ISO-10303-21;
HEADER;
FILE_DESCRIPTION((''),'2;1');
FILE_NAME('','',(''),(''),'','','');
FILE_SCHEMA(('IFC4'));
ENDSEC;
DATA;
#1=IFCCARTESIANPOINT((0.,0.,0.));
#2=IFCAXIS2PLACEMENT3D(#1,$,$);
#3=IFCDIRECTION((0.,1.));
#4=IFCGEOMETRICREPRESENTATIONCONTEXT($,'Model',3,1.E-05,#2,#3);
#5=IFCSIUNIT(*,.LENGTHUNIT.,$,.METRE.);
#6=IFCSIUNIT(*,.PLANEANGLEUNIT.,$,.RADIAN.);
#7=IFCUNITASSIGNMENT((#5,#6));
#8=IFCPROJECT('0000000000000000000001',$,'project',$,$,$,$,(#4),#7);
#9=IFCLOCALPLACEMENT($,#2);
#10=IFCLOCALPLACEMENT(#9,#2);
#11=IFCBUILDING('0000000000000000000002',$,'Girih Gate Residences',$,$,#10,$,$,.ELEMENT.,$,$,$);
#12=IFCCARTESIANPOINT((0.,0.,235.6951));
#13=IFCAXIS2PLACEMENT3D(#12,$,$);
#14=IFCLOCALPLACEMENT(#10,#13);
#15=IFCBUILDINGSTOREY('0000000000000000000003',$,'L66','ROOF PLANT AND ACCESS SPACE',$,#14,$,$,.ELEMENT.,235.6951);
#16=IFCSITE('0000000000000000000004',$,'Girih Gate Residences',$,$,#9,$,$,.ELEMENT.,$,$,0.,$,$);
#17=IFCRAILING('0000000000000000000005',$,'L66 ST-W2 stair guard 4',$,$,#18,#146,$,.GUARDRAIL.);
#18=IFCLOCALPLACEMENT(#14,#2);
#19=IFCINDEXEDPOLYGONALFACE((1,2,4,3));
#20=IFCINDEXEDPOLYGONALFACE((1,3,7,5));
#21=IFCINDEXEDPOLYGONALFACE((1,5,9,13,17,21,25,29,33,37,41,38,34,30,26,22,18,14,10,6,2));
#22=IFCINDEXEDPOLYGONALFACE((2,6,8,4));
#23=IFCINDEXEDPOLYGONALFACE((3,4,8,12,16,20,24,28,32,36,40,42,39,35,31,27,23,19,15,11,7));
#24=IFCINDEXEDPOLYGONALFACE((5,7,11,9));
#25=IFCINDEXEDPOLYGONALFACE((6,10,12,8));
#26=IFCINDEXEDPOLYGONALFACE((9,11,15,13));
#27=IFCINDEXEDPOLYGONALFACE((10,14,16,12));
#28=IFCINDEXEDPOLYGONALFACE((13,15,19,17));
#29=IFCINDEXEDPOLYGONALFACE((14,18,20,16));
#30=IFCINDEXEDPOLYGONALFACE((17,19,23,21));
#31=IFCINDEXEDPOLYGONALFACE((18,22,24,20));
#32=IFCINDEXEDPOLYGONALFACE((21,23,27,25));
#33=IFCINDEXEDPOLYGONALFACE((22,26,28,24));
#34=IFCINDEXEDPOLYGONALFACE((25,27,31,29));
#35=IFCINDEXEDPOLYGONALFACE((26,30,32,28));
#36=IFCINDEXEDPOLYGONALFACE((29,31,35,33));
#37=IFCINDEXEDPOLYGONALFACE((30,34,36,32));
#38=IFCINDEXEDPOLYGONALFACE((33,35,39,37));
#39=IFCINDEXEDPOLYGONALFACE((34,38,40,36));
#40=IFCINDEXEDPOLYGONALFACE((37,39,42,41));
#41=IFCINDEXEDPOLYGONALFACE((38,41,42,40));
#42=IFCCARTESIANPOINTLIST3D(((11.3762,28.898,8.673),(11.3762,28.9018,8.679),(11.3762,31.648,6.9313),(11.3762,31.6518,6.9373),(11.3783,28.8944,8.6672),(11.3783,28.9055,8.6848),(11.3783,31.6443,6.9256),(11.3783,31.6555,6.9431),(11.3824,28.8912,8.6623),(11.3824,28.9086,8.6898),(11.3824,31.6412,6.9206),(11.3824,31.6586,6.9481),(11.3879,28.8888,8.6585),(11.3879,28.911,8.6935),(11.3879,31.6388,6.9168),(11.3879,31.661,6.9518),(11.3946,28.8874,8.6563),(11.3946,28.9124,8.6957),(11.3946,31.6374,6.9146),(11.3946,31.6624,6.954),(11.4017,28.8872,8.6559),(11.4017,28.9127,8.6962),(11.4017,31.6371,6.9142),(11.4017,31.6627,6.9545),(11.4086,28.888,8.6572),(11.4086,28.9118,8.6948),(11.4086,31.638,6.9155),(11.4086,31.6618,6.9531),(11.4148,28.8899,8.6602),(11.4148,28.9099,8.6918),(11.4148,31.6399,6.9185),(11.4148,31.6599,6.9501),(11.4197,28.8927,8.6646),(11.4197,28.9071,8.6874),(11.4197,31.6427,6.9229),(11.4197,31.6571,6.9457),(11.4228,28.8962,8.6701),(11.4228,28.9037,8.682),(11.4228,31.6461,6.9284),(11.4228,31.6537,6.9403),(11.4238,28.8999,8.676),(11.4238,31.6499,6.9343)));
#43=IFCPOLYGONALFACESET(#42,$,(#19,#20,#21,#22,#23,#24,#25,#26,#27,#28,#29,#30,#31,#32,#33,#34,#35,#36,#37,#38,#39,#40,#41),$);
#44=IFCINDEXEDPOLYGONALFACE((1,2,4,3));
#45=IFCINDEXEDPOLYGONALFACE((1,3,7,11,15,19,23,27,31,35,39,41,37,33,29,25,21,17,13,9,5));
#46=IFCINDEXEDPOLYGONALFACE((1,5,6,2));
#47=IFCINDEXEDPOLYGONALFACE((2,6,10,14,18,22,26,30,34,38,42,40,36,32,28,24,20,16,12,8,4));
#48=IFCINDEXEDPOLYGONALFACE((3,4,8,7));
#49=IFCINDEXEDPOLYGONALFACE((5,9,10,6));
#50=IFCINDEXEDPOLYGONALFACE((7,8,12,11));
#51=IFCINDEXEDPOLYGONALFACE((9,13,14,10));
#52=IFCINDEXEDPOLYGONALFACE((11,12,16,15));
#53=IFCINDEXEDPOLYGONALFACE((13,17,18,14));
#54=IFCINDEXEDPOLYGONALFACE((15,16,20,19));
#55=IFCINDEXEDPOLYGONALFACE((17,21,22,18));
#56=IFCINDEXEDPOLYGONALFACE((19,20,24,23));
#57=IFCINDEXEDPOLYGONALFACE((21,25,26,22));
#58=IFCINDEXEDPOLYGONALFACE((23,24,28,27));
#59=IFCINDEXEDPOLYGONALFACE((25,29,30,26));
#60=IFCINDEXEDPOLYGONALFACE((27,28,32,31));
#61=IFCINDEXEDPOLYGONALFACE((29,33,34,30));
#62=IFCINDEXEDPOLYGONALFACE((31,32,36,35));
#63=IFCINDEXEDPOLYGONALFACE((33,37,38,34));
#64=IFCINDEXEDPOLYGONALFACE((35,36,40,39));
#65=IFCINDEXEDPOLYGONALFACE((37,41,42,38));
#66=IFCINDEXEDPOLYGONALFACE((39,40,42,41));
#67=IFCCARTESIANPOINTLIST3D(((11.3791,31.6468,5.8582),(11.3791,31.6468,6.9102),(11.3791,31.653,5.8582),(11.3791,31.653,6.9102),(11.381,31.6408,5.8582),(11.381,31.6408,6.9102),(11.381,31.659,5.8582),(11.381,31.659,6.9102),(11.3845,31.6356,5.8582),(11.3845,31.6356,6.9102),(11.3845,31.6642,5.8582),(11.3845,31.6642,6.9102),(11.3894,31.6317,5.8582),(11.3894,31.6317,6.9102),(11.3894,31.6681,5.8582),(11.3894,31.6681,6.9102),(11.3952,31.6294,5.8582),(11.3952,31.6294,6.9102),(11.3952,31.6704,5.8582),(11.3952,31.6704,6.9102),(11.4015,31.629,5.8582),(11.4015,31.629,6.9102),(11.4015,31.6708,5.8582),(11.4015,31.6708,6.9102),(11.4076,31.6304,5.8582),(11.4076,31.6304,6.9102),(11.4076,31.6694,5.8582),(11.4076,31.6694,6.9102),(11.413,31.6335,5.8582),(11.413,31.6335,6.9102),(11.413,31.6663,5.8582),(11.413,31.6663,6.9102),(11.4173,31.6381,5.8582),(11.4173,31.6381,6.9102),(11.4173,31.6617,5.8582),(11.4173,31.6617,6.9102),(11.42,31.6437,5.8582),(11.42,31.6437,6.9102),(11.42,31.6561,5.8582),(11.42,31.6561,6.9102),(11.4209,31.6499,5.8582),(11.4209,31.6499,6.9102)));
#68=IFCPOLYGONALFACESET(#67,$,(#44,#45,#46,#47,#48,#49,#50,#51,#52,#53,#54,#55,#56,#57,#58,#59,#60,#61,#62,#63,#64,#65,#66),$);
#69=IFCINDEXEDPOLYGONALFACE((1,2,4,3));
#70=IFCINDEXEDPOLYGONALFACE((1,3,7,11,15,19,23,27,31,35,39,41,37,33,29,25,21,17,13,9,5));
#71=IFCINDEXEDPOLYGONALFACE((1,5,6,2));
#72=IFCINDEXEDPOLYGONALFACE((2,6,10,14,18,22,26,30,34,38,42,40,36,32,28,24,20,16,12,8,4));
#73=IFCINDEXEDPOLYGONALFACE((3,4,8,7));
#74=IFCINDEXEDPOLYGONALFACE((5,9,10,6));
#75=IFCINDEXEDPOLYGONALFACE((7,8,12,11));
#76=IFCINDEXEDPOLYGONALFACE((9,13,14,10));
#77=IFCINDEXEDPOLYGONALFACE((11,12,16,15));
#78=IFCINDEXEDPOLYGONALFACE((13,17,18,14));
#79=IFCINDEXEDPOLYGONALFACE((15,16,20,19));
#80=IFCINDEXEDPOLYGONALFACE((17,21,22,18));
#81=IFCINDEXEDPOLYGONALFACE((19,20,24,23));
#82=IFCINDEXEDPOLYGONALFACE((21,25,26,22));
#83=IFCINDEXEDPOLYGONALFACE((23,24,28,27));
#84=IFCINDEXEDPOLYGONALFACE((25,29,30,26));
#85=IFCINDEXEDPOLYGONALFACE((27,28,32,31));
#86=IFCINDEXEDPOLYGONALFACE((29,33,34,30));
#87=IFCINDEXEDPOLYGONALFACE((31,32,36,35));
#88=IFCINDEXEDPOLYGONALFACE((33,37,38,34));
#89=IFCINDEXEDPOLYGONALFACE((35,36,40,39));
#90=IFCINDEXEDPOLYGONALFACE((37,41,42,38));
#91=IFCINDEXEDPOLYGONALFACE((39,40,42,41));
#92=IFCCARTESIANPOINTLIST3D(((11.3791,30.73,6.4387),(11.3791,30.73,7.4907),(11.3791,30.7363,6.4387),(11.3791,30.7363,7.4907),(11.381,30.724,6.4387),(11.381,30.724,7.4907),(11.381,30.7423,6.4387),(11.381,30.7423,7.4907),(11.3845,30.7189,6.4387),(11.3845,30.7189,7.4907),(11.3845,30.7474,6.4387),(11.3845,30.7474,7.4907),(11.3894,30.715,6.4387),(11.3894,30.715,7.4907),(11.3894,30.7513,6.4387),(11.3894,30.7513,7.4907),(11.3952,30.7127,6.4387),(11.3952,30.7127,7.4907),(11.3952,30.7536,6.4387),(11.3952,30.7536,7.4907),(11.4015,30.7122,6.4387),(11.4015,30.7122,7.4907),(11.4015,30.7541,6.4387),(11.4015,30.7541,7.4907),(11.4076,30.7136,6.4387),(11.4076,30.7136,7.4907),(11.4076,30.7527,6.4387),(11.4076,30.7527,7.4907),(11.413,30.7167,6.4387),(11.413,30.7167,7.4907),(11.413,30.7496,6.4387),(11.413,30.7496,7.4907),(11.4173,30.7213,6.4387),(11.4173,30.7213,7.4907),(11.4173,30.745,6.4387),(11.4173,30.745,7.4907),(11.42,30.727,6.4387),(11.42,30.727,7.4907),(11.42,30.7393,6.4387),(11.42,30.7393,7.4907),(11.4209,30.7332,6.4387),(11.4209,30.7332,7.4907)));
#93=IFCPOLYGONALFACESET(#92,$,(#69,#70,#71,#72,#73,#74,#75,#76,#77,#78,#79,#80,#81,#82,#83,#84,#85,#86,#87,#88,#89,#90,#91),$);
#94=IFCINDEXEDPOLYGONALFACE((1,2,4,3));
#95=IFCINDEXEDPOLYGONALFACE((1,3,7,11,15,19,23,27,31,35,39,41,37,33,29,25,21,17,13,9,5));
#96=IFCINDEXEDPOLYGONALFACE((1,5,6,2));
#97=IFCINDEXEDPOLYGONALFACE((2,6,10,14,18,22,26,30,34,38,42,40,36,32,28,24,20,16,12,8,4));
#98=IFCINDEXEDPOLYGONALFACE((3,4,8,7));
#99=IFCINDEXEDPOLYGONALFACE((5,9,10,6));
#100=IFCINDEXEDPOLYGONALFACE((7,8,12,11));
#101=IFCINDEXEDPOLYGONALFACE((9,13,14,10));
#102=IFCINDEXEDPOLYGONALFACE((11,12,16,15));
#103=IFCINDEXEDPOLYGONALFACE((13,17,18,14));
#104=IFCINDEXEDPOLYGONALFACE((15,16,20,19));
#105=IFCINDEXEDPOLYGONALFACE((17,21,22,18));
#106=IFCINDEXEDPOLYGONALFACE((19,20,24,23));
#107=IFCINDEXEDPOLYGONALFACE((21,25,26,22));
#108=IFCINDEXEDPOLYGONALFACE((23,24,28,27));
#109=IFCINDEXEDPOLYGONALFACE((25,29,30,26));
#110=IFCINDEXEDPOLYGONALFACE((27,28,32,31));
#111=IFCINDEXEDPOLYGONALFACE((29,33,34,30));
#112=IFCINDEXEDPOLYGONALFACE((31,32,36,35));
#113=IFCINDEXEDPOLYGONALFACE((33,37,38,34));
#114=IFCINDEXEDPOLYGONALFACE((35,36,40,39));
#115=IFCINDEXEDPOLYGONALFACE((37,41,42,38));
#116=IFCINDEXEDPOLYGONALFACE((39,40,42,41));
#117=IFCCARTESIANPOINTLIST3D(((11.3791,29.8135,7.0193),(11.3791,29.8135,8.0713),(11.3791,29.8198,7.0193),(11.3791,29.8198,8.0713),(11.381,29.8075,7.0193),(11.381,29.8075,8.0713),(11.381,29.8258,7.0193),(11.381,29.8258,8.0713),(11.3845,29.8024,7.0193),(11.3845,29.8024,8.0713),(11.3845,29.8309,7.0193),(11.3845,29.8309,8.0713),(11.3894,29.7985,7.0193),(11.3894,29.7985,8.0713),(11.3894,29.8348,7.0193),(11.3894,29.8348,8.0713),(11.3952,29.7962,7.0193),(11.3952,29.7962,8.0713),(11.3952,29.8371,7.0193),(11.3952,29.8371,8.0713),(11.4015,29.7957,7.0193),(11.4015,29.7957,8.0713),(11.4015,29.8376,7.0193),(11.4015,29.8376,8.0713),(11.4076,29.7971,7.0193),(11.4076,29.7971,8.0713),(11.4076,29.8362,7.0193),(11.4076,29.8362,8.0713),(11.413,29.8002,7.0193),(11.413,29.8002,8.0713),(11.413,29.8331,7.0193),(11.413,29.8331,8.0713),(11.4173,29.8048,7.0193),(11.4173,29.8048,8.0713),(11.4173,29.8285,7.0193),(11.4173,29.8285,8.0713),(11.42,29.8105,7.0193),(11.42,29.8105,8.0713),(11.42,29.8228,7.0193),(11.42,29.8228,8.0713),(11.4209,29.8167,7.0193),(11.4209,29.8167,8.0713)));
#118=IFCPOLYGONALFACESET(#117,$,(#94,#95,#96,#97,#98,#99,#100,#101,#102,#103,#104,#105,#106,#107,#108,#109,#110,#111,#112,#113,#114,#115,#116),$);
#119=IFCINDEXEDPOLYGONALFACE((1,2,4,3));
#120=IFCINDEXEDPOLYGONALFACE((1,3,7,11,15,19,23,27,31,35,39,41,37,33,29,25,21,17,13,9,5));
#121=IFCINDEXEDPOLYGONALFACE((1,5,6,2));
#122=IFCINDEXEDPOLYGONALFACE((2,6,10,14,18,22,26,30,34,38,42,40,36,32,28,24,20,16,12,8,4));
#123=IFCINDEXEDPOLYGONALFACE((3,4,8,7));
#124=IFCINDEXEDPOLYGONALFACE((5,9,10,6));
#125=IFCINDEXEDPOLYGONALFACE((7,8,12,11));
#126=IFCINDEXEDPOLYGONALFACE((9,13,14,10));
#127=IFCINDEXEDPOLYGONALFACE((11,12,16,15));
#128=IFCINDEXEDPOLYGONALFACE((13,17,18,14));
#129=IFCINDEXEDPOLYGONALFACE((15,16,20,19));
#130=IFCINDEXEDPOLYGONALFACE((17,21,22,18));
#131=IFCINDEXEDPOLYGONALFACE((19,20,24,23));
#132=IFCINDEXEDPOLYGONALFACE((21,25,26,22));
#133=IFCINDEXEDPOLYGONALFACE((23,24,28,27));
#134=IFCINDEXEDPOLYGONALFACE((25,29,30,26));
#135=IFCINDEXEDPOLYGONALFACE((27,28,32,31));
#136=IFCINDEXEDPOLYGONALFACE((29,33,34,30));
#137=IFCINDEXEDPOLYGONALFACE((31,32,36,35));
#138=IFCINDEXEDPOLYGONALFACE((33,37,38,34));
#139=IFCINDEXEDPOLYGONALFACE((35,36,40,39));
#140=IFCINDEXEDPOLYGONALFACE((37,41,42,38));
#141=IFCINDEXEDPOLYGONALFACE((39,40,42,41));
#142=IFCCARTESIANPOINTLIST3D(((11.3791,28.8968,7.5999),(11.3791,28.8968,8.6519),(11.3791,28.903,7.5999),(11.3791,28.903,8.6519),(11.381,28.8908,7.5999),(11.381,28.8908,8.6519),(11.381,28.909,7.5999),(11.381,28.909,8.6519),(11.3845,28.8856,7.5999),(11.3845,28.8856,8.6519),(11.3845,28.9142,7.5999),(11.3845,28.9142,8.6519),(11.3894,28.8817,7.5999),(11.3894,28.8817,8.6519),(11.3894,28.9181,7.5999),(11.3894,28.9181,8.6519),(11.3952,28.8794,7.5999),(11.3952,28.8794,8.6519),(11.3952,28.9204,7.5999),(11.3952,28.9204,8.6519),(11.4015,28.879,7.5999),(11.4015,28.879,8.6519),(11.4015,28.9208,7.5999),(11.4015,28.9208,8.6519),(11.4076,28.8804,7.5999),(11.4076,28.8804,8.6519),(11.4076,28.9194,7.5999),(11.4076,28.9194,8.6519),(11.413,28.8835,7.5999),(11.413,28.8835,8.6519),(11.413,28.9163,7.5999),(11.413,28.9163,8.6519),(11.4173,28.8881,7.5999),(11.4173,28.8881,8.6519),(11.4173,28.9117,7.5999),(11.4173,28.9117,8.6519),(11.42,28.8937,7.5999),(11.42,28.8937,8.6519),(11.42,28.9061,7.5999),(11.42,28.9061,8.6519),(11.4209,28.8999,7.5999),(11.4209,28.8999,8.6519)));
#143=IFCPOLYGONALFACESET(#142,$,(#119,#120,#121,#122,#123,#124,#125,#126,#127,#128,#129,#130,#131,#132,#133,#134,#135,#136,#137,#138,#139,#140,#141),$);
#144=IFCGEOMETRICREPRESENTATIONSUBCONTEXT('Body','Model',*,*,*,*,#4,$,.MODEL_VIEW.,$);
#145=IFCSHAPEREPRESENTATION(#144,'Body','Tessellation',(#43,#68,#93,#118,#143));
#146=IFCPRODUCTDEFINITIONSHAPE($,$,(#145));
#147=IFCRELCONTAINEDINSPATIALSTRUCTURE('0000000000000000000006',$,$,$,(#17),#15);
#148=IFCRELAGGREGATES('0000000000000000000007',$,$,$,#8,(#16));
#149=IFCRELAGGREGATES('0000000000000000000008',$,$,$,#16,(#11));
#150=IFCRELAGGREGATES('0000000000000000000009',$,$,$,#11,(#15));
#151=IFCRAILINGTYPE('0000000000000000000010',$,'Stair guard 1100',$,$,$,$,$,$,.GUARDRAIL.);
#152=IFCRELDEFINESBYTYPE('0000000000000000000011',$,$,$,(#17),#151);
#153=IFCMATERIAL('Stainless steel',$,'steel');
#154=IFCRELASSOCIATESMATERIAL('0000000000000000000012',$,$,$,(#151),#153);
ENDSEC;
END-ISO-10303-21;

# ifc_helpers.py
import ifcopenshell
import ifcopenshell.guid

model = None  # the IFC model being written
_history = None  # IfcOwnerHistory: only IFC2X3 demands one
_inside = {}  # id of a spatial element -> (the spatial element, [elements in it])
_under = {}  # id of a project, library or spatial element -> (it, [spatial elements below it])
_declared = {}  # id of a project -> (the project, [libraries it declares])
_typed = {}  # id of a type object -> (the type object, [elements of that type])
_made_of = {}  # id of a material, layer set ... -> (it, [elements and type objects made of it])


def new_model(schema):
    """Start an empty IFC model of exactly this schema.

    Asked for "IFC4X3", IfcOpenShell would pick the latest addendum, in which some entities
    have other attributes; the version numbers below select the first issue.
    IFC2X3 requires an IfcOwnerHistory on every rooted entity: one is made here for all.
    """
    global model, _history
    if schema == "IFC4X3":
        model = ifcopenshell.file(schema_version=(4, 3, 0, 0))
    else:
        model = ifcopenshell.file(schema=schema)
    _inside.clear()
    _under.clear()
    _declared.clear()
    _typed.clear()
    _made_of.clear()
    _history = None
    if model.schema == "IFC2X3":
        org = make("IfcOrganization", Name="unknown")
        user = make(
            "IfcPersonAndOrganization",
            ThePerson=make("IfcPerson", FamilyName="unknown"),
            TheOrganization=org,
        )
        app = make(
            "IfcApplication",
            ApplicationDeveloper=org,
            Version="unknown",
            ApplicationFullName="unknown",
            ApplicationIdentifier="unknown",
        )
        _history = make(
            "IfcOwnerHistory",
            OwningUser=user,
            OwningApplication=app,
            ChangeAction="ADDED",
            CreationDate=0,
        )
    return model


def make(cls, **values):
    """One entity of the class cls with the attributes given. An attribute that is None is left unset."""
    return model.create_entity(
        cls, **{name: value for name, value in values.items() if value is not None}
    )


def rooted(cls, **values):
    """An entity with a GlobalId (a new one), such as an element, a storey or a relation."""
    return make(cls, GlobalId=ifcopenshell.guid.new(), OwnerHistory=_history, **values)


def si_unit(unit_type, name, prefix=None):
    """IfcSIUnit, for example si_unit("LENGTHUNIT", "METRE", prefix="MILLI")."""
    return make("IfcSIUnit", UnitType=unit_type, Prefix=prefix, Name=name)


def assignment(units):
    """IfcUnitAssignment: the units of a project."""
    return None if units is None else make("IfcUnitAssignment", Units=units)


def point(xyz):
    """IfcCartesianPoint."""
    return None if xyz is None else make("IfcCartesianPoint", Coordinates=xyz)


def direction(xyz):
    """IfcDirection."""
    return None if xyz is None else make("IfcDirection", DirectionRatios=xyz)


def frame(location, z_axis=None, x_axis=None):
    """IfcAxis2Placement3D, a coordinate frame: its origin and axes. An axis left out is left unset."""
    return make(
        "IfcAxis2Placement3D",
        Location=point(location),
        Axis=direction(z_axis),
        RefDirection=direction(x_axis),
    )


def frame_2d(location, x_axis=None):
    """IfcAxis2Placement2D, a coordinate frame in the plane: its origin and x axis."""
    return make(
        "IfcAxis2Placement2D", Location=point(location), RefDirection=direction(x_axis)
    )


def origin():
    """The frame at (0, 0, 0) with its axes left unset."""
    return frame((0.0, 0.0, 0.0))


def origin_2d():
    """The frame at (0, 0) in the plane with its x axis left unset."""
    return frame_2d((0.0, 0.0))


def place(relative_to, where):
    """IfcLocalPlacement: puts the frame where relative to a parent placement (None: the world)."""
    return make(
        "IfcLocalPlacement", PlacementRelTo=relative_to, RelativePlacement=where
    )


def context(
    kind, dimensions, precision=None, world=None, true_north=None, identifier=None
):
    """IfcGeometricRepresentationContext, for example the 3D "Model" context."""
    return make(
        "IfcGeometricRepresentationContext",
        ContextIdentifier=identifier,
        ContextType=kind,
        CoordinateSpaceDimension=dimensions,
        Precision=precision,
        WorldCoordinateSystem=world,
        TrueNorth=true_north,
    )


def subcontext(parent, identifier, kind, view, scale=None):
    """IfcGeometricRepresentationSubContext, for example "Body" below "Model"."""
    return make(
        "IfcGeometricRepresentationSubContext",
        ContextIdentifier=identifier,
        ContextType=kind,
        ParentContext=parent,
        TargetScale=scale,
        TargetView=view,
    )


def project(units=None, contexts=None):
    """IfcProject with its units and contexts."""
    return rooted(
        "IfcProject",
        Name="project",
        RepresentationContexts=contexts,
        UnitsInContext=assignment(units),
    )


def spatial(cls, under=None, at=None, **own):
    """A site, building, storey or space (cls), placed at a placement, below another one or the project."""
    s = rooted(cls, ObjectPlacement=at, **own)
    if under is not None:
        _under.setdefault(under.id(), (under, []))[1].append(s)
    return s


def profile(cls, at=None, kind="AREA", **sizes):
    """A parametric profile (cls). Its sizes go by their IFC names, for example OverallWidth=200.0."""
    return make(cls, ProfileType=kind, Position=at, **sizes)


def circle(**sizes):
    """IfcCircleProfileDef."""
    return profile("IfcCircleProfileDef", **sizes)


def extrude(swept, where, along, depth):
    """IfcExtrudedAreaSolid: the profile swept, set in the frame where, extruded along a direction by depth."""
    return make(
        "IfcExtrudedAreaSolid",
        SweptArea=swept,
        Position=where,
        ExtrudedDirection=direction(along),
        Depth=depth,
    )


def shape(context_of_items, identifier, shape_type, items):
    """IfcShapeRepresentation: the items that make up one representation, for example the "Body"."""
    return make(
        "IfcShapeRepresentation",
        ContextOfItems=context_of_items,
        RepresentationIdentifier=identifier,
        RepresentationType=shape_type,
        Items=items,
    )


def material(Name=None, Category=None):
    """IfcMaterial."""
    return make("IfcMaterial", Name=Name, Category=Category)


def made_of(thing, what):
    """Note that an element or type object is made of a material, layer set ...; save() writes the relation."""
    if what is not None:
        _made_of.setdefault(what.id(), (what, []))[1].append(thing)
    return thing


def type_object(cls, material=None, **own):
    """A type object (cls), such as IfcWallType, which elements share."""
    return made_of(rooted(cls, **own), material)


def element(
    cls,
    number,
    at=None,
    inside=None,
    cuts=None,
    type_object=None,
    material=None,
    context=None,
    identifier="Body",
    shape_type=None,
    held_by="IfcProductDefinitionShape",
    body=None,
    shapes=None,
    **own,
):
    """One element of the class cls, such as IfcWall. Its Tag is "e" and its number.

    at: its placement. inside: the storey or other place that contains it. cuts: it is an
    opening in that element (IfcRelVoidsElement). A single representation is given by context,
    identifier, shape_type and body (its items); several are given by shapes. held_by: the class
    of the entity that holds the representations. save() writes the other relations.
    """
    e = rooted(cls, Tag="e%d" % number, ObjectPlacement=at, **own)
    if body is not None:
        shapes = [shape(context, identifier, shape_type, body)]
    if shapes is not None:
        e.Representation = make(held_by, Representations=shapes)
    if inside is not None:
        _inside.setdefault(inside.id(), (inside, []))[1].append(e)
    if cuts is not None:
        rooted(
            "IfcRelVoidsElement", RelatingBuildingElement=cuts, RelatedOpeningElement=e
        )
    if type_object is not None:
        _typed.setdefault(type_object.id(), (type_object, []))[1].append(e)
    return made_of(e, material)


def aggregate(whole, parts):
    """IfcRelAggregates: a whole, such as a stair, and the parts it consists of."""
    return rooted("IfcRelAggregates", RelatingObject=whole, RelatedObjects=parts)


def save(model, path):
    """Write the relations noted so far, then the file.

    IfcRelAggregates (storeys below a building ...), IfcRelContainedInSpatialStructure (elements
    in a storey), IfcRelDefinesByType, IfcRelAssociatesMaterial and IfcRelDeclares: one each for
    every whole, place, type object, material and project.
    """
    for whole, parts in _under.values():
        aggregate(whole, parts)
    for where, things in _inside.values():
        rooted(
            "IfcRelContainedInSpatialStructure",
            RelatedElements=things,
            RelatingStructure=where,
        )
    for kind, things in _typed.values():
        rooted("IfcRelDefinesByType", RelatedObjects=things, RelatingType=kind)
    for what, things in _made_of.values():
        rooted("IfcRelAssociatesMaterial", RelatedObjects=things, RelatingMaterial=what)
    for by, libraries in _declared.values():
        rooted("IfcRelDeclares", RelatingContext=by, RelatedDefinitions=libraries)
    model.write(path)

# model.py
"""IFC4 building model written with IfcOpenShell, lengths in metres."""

from ifc_helpers import new_model, si_unit, direction, frame, origin, origin_2d, place, context, subcontext, project, spatial, circle, extrude, material, type_object, element, save


model = new_model("IFC4")

# Units and contexts
model_context = context("Model", 3, precision=1e-05, world=origin(), true_north=direction((0.0, 1.0)))
body_context = subcontext(model_context, "Body", "Model", "MODEL_VIEW")
ifc_project = project(units=[si_unit("LENGTHUNIT", "METRE"), si_unit("PLANEANGLEUNIT", "RADIAN")], contexts=[model_context])

# Site, building, storey
site_placement = place(None, origin())
site = spatial("IfcSite", under=ifc_project, at=site_placement, Name="Girih Gate Residences", CompositionType="ELEMENT", RefElevation=0.0)
building_placement = place(site_placement, origin())
building = spatial("IfcBuilding", under=site, at=building_placement, Name="Girih Gate Residences", CompositionType="ELEMENT")
storey_placement = place(building_placement, frame((0.0, 0.0, 235.6951)))
storey = spatial("IfcBuildingStorey", under=building, at=storey_placement, Name="L66", Description="ROOF PLANT AND ACCESS SPACE", CompositionType="ELEMENT", Elevation=235.6951)

# Railing
ifc_material_1 = material(Name="Stainless steel", Category="steel")
railing_type_1 = type_object("IfcRailingType", Name="Stair guard 1100", PredefinedType="GUARDRAIL", material=ifc_material_1)
railing_1_placement = place(storey_placement, frame((11.3999, 31.6499, 5.8582)))
element("IfcRailing", 1, at=railing_1_placement, inside=storey, type_object=railing_type_1, Name="L66 ST-W2 stair guard 4", PredefinedType="GUARDRAIL", context=body_context, shape_type="SweptSolid", body=[
    extrude(circle(Radius=0.0239, at=origin_2d()), frame((0.0, 0.0, 1.0762), z_axis=(0.0, -0.844815, 0.535059), x_axis=(1.0, 0.0, 0.0)), (0.0, 0.0, 1.0), 3.2551),
    extrude(circle(Radius=0.021, at=origin_2d()), origin(), (0.0, 0.0, 1.0), 1.052),
    extrude(circle(Radius=0.021, at=origin_2d()), frame((0.0, -0.9167, 0.5806)), (0.0, 0.0, 1.0), 1.052),
    extrude(circle(Radius=0.021, at=origin_2d()), frame((0.0, -1.8333, 1.1611)), (0.0, 0.0, 1.0), 1.052),
    extrude(circle(Radius=0.021, at=origin_2d()), frame((0.0, -2.75, 1.7417)), (0.0, 0.0, 1.0), 1.052),
])

save(model, "model.ifc")
